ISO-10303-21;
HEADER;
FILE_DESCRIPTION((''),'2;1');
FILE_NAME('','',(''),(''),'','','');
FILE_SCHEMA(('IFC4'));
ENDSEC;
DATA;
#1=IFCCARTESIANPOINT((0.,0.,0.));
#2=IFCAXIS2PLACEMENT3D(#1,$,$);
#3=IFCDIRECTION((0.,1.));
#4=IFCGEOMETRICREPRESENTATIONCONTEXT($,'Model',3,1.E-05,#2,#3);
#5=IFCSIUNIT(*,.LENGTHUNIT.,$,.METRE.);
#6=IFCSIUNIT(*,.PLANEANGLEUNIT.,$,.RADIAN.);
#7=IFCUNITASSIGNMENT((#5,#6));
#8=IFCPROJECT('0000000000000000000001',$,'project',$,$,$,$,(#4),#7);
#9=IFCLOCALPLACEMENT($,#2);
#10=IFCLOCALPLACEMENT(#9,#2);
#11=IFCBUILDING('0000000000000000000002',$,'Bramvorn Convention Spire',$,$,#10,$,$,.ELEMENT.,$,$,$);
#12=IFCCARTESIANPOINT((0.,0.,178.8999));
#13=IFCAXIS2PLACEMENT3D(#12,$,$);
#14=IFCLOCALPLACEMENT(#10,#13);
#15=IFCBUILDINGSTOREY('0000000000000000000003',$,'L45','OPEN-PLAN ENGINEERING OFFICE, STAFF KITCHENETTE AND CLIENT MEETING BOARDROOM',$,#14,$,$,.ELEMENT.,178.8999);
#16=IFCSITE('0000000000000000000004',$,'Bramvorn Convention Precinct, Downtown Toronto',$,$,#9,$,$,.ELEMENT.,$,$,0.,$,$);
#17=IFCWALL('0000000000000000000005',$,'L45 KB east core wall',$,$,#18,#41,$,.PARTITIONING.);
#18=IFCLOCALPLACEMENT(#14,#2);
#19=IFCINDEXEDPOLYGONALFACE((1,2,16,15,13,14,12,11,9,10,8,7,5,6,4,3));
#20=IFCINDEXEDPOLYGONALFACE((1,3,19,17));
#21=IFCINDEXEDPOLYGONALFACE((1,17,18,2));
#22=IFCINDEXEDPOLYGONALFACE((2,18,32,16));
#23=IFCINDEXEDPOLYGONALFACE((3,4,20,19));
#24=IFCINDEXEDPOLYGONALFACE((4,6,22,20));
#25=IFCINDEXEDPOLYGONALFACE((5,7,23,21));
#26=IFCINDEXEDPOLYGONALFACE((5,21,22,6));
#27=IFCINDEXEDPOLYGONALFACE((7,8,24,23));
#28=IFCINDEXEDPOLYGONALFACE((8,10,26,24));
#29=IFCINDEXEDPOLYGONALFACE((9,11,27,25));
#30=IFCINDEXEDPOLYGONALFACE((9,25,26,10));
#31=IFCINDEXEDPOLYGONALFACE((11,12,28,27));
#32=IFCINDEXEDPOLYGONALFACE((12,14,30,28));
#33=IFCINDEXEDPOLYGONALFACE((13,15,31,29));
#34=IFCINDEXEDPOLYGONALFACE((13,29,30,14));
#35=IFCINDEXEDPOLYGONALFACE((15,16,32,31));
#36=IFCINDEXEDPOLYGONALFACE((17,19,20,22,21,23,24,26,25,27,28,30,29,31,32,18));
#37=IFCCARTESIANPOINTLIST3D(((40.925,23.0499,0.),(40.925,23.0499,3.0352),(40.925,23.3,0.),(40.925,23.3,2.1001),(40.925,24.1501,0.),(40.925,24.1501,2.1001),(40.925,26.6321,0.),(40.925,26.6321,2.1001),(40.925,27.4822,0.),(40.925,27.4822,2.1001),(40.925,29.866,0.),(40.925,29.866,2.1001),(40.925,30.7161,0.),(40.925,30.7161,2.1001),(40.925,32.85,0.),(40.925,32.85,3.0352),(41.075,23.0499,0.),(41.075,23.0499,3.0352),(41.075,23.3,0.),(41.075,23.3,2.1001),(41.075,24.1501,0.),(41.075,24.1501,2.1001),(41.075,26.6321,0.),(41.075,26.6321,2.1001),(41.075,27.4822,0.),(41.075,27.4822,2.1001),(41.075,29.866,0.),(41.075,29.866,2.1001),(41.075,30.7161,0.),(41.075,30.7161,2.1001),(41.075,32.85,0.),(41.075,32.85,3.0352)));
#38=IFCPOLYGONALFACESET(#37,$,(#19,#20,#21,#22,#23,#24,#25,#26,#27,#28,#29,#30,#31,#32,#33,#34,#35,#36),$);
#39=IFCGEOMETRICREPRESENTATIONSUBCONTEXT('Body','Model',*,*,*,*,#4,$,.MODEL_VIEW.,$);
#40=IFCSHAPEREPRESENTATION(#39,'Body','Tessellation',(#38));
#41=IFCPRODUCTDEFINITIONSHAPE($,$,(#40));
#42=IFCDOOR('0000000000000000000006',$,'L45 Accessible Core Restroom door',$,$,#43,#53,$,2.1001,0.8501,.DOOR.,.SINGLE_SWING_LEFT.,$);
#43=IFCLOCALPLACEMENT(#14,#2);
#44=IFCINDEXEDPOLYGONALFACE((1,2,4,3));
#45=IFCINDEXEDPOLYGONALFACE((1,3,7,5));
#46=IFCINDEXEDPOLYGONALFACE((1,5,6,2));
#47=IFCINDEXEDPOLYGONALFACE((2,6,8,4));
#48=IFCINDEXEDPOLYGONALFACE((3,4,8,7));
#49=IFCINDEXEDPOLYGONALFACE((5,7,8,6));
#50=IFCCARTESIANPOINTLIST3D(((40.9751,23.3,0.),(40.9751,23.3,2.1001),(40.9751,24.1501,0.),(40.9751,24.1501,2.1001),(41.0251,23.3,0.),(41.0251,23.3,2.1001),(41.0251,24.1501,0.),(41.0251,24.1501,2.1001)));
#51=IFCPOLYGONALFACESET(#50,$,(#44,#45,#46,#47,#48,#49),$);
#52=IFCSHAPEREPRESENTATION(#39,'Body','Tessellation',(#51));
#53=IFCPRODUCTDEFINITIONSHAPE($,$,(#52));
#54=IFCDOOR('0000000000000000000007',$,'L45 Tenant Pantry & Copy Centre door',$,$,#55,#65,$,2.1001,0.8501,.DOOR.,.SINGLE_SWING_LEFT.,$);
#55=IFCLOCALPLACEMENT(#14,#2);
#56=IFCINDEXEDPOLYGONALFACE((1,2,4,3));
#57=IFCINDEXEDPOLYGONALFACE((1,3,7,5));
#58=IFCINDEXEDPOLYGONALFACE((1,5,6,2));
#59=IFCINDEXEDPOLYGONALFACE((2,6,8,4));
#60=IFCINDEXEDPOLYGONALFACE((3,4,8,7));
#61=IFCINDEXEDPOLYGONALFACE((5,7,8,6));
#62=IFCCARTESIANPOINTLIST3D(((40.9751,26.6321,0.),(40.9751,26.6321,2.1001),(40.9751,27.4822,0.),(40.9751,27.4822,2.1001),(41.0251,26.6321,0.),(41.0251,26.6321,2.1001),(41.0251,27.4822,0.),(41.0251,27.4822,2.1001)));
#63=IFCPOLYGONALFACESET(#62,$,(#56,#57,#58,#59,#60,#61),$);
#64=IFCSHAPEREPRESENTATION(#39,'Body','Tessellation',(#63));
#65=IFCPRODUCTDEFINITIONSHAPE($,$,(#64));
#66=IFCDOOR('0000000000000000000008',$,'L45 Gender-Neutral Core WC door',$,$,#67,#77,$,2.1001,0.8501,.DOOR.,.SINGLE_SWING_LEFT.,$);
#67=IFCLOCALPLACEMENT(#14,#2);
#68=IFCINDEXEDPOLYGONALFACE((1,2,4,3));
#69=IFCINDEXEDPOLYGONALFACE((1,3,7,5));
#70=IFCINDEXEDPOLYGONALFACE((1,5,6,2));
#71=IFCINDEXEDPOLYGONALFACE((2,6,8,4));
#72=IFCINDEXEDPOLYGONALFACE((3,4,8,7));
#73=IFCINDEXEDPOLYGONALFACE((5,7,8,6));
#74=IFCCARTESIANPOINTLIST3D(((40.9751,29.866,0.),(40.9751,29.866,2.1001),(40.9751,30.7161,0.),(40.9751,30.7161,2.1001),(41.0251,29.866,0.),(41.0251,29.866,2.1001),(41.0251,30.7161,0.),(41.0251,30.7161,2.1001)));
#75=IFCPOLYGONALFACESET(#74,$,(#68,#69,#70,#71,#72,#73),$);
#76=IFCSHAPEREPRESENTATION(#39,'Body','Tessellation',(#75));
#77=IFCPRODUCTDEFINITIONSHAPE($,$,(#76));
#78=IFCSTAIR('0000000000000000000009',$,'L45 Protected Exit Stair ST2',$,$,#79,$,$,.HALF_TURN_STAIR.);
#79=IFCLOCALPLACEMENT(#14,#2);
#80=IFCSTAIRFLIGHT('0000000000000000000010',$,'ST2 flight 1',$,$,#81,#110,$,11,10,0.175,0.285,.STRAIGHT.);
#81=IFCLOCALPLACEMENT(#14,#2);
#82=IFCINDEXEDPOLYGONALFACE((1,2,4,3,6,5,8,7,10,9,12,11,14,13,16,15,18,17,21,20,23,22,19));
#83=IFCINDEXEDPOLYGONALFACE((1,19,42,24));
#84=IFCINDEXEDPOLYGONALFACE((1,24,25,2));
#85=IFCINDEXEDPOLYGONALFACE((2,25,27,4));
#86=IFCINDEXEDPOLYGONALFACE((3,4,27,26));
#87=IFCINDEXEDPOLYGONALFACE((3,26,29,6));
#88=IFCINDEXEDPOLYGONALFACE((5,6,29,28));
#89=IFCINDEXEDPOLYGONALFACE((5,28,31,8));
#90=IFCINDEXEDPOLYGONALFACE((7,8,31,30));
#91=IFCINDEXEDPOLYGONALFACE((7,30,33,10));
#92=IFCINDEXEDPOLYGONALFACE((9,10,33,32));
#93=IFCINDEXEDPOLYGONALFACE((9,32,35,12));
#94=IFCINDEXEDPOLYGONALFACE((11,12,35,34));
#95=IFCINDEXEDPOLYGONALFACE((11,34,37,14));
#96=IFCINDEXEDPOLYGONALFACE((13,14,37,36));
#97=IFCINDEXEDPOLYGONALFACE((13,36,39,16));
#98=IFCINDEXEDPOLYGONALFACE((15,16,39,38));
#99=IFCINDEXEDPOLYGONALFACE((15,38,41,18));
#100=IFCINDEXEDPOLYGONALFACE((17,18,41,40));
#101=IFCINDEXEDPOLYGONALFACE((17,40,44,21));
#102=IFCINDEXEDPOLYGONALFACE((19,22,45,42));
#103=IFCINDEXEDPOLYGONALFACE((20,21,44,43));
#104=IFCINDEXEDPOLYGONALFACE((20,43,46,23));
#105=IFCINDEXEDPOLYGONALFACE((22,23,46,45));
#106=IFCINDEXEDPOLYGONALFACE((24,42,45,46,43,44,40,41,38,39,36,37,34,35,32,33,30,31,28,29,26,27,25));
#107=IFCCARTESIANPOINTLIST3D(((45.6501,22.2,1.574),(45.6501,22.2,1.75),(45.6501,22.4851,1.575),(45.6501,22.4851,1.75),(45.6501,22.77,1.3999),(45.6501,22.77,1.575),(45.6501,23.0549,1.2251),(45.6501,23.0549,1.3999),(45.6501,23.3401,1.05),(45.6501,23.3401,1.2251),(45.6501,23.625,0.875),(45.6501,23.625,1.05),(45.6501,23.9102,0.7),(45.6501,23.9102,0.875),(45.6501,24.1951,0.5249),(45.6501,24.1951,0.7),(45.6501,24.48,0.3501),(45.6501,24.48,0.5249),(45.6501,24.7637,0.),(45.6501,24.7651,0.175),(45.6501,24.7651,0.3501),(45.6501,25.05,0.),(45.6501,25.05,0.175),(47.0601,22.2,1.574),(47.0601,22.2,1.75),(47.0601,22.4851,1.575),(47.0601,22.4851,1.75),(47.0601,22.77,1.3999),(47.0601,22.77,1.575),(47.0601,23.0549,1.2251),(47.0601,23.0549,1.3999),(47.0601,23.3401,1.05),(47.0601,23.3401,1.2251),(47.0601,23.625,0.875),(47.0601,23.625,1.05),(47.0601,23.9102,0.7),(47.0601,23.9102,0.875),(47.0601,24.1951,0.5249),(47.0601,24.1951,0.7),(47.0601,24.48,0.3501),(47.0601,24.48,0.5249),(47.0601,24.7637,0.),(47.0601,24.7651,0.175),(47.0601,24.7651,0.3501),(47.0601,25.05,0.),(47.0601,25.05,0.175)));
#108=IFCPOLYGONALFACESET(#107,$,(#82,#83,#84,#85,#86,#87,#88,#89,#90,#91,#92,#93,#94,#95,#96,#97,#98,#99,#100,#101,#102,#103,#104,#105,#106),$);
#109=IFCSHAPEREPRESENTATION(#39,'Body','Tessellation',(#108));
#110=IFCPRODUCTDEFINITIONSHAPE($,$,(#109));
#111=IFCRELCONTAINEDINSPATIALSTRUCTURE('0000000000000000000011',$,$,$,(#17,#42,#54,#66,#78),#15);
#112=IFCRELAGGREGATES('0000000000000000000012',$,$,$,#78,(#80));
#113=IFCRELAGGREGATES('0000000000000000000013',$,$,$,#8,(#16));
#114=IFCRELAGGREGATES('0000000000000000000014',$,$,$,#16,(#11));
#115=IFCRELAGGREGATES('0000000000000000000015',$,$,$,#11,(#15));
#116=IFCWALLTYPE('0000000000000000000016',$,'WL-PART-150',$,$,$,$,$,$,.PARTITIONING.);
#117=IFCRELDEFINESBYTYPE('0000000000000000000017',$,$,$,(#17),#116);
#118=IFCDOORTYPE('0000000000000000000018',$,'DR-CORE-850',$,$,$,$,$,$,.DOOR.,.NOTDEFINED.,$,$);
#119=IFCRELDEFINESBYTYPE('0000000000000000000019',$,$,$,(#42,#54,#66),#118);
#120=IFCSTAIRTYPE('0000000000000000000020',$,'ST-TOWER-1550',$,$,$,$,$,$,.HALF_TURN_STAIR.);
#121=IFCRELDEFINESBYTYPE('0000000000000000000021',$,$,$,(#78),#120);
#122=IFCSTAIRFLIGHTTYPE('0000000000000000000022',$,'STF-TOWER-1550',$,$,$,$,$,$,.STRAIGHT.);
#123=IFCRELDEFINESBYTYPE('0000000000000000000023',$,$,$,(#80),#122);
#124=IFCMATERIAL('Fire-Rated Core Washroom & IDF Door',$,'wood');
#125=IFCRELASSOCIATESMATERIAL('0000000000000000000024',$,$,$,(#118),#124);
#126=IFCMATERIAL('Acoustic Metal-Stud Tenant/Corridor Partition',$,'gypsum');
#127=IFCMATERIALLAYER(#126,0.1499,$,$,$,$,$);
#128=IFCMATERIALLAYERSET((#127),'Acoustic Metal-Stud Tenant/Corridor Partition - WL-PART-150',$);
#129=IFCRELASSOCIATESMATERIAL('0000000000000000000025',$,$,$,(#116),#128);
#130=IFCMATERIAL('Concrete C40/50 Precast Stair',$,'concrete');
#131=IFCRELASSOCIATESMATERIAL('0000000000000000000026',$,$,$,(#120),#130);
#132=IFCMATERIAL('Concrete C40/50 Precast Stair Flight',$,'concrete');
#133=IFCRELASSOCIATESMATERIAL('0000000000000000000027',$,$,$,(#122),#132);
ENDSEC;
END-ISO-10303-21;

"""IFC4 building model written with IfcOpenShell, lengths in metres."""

from ifc_helpers import new_model, si_unit, direction, frame, frame_2d, origin, place, context, subcontext, project, spatial, polyline, rectangle, outline, extrude, material, layer, layer_set, type_object, element, fill, aggregate, save


model = new_model("IFC4")

# Units and contexts
model_context = context("Model", 3, precision=1e-05, world=origin(), true_north=direction((0.0, 1.0)))
body_context = subcontext(model_context, "Body", "Model", "MODEL_VIEW")
ifc_project = project(units=[si_unit("LENGTHUNIT", "METRE"), si_unit("PLANEANGLEUNIT", "RADIAN")], contexts=[model_context])

# Site, building, storey
site_placement = place(None, origin())
site = spatial("IfcSite", under=ifc_project, at=site_placement, Name="Bramvorn Convention Precinct, Downtown Toronto", CompositionType="ELEMENT", RefElevation=0.0)
building_placement = place(site_placement, origin())
building = spatial("IfcBuilding", under=site, at=building_placement, Name="Bramvorn Convention Spire", CompositionType="ELEMENT")
storey_placement = place(building_placement, frame((0.0, 0.0, 178.8999)))
storey = spatial("IfcBuildingStorey", under=building, at=storey_placement, Name="L45", Description="OPEN-PLAN ENGINEERING OFFICE, STAFF KITCHENETTE AND CLIENT MEETING BOARDROOM", CompositionType="ELEMENT", Elevation=178.8999)

# Shared definitions
ifc_material_1 = material(Name="Fire-Rated Core Washroom & IDF Door", Category="wood")
door_type_1 = type_object("IfcDoorType", Name="DR-CORE-850", OperationType="NOTDEFINED", PredefinedType="DOOR", material=ifc_material_1)

# Shared definitions
ifc_material_2 = material(Name="Acoustic Metal-Stud Tenant/Corridor Partition", Category="gypsum")
ifc_layer_1 = layer(ifc_material_2, 0.1499)
ifc_layer_set_1 = layer_set([ifc_layer_1], Name="Acoustic Metal-Stud Tenant/Corridor Partition - WL-PART-150")
wall_type_1 = type_object("IfcWallType", Name="WL-PART-150", PredefinedType="PARTITIONING", material=ifc_layer_set_1)

# Wall, openings, doors
wall_1_placement = place(storey_placement, frame((41.0, 23.05, 0.0), z_axis=(0.0, 0.0, 1.0), x_axis=(0.0, 1.0, 0.0)))
wall_1 = element("IfcWall", 1, at=wall_1_placement, inside=storey, type_object=wall_type_1, Name="L45 KB east core wall", PredefinedType="PARTITIONING", context=body_context, shape_type="SweptSolid", body=[
    extrude(rectangle(XDim=9.8, YDim=0.1499, at=frame_2d((4.8999, 0.0))), origin(), (0.0, 0.0, 1.0), 3.0352),
])
opening_1_placement = place(wall_1_placement, frame((0.25, 0.0, 0.0)))
opening_1 = element("IfcOpeningElement", 2, at=opening_1_placement, cuts=wall_1, PredefinedType="OPENING", context=body_context, shape_type="SweptSolid", body=[
    extrude(rectangle(XDim=0.8501, YDim=2.1001, at=frame_2d((0.425, 1.05))), frame((0.0, 0.085, 0.0), z_axis=(0.0, -1.0, 0.0), x_axis=(1.0, 0.0, 0.0)), (0.0, 0.0, 1.0), 0.1699),
])
opening_2_placement = place(wall_1_placement, frame((3.582, 0.0, 0.0)))
opening_2 = element("IfcOpeningElement", 3, at=opening_2_placement, cuts=wall_1, PredefinedType="OPENING", context=body_context, shape_type="SweptSolid", body=[
    extrude(rectangle(XDim=0.8501, YDim=2.1001, at=frame_2d((0.425, 1.05))), frame((0.0, 0.085, 0.0), z_axis=(0.0, -1.0, 0.0), x_axis=(1.0, 0.0, 0.0)), (0.0, 0.0, 1.0), 0.1699),
])
opening_3_placement = place(wall_1_placement, frame((6.8159, 0.0, 0.0)))
opening_3 = element("IfcOpeningElement", 4, at=opening_3_placement, cuts=wall_1, PredefinedType="OPENING", context=body_context, shape_type="SweptSolid", body=[
    extrude(rectangle(XDim=0.8501, YDim=2.1001, at=frame_2d((0.425, 1.05))), frame((0.0, 0.085, 0.0), z_axis=(0.0, -1.0, 0.0), x_axis=(1.0, 0.0, 0.0)), (0.0, 0.0, 1.0), 0.1699),
])
door_1_placement = place(opening_1_placement, origin())
door_1 = element("IfcDoor", 5, at=door_1_placement, inside=storey, type_object=door_type_1, Name="L45 Accessible Core Restroom door", OperationType="SINGLE_SWING_LEFT", OverallHeight=2.1001, OverallWidth=0.8501, PredefinedType="DOOR", context=body_context, shape_type="SweptSolid", body=[
    extrude(rectangle(XDim=0.8501, YDim=2.1001, at=frame_2d((0.425, 1.05))), frame((0.0, 0.0249, 0.0), z_axis=(0.0, -1.0, 0.0), x_axis=(1.0, 0.0, 0.0)), (0.0, 0.0, 1.0), 0.05),
])
fill(opening_1, door_1)
door_2_placement = place(opening_2_placement, origin())
door_2 = element("IfcDoor", 6, at=door_2_placement, inside=storey, type_object=door_type_1, Name="L45 Tenant Pantry & Copy Centre door", OperationType="SINGLE_SWING_LEFT", OverallHeight=2.1001, OverallWidth=0.8501, PredefinedType="DOOR", context=body_context, shape_type="SweptSolid", body=[
    extrude(rectangle(XDim=0.8501, YDim=2.1001, at=frame_2d((0.425, 1.05))), frame((0.0, 0.0249, 0.0), z_axis=(0.0, -1.0, 0.0), x_axis=(1.0, 0.0, 0.0)), (0.0, 0.0, 1.0), 0.05),
])
fill(opening_2, door_2)
door_3_placement = place(opening_3_placement, origin())
door_3 = element("IfcDoor", 7, at=door_3_placement, inside=storey, type_object=door_type_1, Name="L45 Gender-Neutral Core WC door", OperationType="SINGLE_SWING_LEFT", OverallHeight=2.1001, OverallWidth=0.8501, PredefinedType="DOOR", context=body_context, shape_type="SweptSolid", body=[
    extrude(rectangle(XDim=0.8501, YDim=2.1001, at=frame_2d((0.425, 1.05))), frame((0.0, 0.0249, 0.0), z_axis=(0.0, -1.0, 0.0), x_axis=(1.0, 0.0, 0.0)), (0.0, 0.0, 1.0), 0.05),
])
fill(opening_3, door_3)

# Stair, stair flight
ifc_material_3 = material(Name="Concrete C40/50 Precast Stair", Category="concrete")
stair_type = type_object("IfcStairType", Name="ST-TOWER-1550", PredefinedType="HALF_TURN_STAIR", material=ifc_material_3)
stair_placement = place(storey_placement, origin())
stair = element("IfcStair", 8, at=stair_placement, inside=storey, type_object=stair_type, Name="L45 Protected Exit Stair ST2", PredefinedType="HALF_TURN_STAIR")
ifc_material_4 = material(Name="Concrete C40/50 Precast Stair Flight", Category="concrete")
stair_flight_type = type_object("IfcStairFlightType", Name="STF-TOWER-1550", PredefinedType="STRAIGHT", material=ifc_material_4)
stair_flight_placement = place(storey_placement, frame((46.355, 25.05, 0.0), z_axis=(0.0, 0.0, 1.0), x_axis=(0.0, -1.0, 0.0)))
stair_flight = element("IfcStairFlight", 9, at=stair_flight_placement, type_object=stair_flight_type, Name="ST2 flight 1", NumberOfRisers=11, NumberOfTreads=10, PredefinedType="STRAIGHT", RiserHeight=0.175, TreadLength=0.285, context=body_context, shape_type="SweptSolid", body=[
    extrude(outline(polyline([(0.0, 0.0), (0.0, 0.175), (0.2849, 0.175), (0.2849, 0.3501), (0.5701, 0.3501), (0.5701, 0.5249), (0.855, 0.5249), (0.855, 0.7), (1.1399, 0.7), (1.1399, 0.875), (1.425, 0.875), (1.425, 1.05), (1.71, 1.05), (1.71, 1.2251), (1.9951, 1.2251), (1.9951, 1.3999), (2.28, 1.3999), (2.28, 1.575), (2.5649, 1.575), (2.5649, 1.75), (2.8501, 1.75), (2.8501, 1.925), (2.8501, 1.574), (0.2864, 0.0), (0.0, 0.0)])), frame((0.0, 0.7051, 0.0), z_axis=(0.0, -1.0, 0.0), x_axis=(1.0, 0.0, 0.0)), (0.0, 0.0, 1.0), 1.4099),
])
aggregate(stair, [stair_flight])

save(model, "model.ifc")
